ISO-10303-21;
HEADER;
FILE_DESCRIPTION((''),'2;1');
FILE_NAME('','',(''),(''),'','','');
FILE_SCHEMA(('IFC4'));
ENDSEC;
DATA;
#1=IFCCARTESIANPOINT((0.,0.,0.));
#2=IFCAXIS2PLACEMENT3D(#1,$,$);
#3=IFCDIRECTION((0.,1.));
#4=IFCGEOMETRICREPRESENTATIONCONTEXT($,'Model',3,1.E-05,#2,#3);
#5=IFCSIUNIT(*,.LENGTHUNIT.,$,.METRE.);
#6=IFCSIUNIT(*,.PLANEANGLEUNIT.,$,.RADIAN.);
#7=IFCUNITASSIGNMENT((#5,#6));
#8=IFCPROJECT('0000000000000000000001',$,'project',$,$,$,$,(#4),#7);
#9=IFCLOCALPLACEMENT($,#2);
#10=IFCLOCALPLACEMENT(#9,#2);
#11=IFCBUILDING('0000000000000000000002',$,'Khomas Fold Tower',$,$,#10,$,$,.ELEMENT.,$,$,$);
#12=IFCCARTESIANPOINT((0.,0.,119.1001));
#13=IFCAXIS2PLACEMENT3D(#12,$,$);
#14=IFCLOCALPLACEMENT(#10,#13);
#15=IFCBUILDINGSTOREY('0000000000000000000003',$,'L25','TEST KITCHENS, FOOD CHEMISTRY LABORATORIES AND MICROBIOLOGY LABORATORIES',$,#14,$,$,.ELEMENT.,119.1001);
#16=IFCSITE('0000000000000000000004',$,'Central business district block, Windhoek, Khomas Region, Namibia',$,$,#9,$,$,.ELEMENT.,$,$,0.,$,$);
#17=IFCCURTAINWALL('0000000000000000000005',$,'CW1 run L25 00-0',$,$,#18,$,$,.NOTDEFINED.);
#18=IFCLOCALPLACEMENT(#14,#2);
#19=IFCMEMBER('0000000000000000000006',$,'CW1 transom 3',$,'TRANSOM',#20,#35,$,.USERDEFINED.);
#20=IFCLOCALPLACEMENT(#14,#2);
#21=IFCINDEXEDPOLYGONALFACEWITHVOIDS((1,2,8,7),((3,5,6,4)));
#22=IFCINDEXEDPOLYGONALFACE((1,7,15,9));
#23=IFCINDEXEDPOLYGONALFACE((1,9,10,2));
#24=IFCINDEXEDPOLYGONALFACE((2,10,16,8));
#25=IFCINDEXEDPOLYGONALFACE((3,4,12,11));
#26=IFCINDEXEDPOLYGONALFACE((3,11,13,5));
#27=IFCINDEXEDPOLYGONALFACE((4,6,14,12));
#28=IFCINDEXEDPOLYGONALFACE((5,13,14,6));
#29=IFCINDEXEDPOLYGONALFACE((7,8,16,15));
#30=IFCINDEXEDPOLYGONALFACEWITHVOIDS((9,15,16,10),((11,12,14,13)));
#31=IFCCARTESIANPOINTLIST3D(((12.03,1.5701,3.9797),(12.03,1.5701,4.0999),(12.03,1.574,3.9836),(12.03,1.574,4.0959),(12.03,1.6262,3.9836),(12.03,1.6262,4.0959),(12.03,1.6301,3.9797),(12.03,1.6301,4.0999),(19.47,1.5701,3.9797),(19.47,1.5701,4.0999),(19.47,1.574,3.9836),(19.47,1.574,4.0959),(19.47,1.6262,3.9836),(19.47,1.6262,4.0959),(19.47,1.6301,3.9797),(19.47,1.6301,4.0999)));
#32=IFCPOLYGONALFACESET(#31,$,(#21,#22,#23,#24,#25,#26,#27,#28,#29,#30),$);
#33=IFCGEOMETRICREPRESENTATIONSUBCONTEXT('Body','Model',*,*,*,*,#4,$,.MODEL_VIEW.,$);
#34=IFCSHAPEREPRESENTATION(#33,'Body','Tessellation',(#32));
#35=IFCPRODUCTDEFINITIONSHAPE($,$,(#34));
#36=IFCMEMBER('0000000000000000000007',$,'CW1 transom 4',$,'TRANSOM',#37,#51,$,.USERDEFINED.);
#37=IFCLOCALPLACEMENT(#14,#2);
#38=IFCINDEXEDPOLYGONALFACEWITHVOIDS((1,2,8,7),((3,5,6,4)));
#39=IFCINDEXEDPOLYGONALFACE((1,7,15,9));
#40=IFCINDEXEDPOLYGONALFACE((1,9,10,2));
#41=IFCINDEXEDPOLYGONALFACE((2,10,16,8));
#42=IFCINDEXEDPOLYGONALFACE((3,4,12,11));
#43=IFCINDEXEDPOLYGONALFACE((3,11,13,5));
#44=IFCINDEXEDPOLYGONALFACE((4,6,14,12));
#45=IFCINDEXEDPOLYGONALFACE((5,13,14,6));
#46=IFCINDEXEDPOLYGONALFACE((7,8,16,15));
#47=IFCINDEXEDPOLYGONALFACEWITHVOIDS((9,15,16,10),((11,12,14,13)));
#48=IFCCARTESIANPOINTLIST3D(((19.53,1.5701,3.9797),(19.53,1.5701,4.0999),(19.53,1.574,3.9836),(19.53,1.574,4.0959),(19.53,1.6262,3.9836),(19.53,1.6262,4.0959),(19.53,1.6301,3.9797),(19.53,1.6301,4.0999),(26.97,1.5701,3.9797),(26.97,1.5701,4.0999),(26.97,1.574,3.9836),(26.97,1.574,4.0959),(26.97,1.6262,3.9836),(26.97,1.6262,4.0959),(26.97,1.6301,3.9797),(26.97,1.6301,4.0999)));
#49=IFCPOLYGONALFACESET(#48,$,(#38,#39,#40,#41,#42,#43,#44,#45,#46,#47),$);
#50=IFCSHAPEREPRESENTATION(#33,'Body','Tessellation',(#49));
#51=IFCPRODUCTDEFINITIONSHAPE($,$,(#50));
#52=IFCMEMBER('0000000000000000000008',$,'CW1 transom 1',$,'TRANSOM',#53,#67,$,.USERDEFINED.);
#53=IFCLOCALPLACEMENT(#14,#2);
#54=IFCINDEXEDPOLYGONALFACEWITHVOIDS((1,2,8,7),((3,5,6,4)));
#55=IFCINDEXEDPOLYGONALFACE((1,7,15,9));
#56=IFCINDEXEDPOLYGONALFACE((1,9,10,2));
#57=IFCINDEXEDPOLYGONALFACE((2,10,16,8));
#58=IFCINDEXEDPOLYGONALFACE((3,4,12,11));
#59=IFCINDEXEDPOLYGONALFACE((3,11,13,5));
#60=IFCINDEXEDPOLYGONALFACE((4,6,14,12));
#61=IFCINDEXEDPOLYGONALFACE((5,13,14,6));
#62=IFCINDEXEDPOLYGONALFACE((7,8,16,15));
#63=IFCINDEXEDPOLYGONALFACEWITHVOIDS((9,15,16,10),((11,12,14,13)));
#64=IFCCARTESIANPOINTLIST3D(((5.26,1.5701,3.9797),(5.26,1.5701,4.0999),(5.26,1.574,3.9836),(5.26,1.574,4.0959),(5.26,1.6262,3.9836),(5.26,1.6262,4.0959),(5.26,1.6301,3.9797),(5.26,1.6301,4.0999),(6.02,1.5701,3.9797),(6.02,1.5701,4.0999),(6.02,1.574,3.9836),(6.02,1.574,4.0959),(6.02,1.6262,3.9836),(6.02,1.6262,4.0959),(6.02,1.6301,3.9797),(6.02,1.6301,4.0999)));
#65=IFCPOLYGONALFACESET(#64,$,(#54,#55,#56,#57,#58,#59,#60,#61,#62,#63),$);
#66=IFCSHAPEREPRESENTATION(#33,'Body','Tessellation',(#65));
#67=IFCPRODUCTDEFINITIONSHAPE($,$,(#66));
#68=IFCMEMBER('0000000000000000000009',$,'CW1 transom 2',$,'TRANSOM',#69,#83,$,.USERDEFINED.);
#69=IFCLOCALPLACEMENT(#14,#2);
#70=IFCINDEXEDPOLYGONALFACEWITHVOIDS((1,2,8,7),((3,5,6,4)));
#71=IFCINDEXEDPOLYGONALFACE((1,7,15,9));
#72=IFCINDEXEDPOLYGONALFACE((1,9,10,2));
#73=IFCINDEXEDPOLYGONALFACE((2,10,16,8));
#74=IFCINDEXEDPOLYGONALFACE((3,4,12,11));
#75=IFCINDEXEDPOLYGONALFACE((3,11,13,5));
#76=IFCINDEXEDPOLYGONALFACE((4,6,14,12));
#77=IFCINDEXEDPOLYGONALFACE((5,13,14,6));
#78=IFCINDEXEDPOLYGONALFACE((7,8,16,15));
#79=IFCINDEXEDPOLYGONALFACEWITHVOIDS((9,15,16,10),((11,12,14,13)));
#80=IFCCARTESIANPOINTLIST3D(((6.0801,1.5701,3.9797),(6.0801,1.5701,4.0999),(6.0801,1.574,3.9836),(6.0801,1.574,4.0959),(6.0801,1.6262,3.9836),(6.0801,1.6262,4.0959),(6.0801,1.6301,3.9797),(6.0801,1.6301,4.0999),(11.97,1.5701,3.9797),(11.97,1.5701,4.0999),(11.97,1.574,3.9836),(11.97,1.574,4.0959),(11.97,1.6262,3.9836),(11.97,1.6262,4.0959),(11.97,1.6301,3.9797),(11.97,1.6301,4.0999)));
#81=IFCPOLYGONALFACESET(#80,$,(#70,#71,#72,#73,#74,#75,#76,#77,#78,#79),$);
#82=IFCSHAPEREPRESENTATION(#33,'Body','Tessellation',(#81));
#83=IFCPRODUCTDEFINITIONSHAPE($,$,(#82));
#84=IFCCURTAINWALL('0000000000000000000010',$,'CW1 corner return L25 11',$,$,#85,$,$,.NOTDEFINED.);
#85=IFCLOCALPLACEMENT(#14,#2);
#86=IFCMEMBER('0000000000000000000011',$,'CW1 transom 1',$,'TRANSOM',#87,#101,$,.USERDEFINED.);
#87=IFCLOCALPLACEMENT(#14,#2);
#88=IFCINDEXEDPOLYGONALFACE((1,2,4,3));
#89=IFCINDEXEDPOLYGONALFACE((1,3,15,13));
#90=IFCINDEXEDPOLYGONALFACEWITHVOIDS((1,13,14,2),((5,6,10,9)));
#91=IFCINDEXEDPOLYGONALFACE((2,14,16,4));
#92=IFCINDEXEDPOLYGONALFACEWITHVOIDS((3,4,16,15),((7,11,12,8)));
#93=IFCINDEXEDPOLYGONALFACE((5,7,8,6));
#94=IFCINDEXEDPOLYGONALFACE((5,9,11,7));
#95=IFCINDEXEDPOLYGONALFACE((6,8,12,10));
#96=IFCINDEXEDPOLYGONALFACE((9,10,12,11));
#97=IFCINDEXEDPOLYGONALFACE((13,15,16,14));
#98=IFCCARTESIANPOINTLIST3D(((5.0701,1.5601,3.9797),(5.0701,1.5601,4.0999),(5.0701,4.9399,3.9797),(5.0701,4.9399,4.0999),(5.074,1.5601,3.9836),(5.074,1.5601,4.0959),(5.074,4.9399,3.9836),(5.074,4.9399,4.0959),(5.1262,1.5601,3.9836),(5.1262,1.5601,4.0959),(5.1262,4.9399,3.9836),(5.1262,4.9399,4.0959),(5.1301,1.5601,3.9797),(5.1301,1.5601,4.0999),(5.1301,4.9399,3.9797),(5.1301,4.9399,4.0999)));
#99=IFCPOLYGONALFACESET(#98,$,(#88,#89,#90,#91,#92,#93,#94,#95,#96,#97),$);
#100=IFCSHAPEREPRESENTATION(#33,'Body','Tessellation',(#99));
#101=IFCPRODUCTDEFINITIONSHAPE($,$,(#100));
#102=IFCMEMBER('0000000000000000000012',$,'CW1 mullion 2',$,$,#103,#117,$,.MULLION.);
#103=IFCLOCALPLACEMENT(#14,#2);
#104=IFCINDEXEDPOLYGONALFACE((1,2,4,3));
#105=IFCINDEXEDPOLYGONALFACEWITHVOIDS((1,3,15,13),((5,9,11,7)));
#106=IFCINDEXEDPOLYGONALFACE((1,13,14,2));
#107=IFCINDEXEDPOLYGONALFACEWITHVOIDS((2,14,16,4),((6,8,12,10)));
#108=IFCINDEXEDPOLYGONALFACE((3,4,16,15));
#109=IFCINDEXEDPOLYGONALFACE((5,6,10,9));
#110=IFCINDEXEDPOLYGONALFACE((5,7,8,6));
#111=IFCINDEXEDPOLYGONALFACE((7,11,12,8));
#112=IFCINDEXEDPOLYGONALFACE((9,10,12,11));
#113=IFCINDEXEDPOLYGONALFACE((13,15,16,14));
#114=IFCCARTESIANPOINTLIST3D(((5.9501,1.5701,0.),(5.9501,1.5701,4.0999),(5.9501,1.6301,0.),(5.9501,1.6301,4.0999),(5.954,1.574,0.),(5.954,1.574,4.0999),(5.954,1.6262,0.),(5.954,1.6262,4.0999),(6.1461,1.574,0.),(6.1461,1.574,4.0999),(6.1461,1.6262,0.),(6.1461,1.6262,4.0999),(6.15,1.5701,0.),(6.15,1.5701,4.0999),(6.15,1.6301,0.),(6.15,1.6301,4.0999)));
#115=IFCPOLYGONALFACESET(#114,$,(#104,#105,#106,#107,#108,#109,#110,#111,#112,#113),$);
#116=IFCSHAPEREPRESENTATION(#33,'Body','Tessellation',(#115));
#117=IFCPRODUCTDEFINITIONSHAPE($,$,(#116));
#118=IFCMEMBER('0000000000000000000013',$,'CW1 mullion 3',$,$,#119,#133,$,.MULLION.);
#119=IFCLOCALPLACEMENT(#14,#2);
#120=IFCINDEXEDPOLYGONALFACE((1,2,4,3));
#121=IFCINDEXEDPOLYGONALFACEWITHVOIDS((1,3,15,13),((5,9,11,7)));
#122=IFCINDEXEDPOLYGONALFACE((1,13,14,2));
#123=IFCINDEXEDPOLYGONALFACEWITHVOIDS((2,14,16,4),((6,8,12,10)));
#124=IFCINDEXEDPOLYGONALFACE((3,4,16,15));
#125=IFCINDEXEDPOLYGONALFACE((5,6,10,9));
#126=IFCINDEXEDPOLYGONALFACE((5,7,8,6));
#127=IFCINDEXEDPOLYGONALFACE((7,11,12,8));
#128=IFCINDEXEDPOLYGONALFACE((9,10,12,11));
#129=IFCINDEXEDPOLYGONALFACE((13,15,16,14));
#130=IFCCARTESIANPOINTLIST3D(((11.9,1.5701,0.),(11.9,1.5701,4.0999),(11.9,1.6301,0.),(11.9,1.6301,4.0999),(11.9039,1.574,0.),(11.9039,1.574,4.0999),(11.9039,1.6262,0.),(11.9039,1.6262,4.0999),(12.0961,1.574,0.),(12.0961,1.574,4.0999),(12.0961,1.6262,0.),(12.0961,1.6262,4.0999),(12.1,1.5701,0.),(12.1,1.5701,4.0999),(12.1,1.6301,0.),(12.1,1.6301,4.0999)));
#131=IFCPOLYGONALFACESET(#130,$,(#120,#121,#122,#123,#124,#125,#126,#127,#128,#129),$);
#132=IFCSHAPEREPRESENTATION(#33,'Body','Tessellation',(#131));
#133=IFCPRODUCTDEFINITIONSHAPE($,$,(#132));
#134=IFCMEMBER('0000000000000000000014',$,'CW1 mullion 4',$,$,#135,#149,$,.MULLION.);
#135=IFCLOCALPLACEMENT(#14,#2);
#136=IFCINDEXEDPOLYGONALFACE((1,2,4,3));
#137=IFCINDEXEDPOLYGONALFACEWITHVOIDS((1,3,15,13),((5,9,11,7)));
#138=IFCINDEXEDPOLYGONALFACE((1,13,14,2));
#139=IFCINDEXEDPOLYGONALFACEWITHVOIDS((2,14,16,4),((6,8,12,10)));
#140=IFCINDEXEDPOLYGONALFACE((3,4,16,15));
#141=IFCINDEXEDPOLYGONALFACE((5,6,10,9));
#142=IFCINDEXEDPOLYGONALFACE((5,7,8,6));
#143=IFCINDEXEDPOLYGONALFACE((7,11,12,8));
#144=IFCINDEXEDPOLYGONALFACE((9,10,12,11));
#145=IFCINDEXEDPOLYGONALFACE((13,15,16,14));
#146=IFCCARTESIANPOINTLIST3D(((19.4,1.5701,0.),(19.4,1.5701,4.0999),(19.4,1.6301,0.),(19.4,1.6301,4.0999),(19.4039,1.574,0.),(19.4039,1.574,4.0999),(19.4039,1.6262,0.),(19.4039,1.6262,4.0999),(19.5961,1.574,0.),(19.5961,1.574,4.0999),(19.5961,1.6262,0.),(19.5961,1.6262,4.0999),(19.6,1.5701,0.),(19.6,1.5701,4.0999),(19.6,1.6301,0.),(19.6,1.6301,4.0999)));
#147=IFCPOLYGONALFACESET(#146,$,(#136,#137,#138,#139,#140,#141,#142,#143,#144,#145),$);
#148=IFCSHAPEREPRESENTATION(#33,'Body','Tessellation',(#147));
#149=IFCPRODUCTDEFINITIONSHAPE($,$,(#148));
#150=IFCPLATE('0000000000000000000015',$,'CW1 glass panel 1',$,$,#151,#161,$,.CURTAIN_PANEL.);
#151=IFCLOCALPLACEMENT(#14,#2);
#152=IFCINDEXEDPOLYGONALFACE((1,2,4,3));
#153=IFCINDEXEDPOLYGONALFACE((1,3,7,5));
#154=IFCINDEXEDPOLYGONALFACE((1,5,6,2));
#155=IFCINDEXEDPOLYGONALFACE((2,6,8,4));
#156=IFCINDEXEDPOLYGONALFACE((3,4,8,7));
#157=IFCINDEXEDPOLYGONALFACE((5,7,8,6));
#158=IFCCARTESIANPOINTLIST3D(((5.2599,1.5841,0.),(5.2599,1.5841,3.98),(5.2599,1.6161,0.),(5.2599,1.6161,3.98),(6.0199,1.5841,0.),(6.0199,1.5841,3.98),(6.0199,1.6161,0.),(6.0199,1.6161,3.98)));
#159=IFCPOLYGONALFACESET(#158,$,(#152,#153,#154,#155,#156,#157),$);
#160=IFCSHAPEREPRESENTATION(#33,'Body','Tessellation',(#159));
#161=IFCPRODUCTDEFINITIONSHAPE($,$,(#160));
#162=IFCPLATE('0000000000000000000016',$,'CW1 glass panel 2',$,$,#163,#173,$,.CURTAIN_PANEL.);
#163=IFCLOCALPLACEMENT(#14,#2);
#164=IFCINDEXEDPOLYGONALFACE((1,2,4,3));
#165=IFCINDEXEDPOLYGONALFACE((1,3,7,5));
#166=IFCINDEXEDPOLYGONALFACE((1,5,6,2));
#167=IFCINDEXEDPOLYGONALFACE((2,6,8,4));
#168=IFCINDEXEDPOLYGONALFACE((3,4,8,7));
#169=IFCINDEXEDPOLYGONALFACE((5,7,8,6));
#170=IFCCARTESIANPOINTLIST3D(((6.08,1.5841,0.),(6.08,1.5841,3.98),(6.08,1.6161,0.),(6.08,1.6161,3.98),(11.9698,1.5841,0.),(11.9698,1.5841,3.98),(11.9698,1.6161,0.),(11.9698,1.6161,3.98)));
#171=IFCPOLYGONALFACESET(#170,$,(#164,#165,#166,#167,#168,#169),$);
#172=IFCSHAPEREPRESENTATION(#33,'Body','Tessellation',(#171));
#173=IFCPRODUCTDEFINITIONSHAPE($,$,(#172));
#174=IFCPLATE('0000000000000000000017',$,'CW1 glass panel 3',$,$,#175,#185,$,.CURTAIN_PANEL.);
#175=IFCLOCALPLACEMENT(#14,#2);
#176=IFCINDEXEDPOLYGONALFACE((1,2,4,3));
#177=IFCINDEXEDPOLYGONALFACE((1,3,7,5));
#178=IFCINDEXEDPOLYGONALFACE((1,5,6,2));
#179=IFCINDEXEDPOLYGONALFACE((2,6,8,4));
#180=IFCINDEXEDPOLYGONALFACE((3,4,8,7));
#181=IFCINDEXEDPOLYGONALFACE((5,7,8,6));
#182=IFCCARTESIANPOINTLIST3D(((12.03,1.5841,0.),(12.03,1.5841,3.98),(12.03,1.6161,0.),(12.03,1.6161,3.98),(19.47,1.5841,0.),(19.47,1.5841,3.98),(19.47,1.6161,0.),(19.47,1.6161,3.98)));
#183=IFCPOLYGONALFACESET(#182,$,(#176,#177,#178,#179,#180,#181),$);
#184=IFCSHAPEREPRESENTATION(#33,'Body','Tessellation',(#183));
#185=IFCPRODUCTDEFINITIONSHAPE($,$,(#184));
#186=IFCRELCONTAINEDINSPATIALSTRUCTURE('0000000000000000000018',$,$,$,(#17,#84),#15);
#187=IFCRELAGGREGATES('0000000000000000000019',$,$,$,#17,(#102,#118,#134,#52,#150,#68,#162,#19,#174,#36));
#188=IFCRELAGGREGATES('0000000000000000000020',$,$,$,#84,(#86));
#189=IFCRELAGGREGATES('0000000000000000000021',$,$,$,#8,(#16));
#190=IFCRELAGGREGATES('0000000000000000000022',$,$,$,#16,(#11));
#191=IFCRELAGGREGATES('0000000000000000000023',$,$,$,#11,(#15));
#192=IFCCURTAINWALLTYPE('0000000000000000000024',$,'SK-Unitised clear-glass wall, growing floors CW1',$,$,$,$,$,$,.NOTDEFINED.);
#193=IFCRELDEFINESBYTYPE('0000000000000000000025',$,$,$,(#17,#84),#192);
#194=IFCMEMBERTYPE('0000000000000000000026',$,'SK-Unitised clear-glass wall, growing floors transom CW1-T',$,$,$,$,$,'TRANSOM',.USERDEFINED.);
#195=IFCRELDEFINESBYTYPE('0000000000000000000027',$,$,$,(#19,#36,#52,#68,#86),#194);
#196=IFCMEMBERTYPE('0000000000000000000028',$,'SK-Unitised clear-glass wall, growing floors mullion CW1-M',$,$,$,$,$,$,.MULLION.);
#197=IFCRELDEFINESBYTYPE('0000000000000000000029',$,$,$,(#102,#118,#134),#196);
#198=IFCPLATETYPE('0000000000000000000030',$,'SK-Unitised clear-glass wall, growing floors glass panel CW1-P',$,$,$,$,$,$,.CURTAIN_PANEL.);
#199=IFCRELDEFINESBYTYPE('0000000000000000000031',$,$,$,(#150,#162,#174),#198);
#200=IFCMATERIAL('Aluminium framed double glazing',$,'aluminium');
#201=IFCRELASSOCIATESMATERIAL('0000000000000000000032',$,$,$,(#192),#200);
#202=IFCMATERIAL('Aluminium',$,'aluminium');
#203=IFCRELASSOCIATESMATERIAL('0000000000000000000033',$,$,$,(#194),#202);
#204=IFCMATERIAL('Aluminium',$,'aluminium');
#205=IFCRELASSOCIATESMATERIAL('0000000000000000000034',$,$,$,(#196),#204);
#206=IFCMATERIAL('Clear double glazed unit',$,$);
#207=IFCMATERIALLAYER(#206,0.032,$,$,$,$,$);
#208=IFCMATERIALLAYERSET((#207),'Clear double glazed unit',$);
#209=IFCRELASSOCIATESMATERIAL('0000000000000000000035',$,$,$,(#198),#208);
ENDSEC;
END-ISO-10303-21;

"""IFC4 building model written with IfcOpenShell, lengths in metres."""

from ifc_helpers import new_model, si_unit, direction, frame, origin, origin_2d, place, context, subcontext, project, spatial, rectangle, hollow_rectangle, extrude, source, transform, mapped, material, layer, layer_set, material_profile, profile_set, type_object, element, aggregate, save


model = new_model("IFC4")

# Units and contexts
model_context = context("Model", 3, precision=1e-05, world=origin(), true_north=direction((0.0, 1.0)))
body_context = subcontext(model_context, "Body", "Model", "MODEL_VIEW")
ifc_project = project(units=[si_unit("LENGTHUNIT", "METRE"), si_unit("PLANEANGLEUNIT", "RADIAN")], contexts=[model_context])

# Site, building, storey
site_placement = place(None, origin())
site = spatial("IfcSite", under=ifc_project, at=site_placement, Name="Central business district block, Windhoek, Khomas Region, Namibia", CompositionType="ELEMENT", RefElevation=0.0)
building_placement = place(site_placement, origin())
building = spatial("IfcBuilding", under=site, at=building_placement, Name="Khomas Fold Tower", CompositionType="ELEMENT")
storey_placement = place(building_placement, frame((0.0, 0.0, 119.1001)))
storey = spatial("IfcBuildingStorey", under=building, at=storey_placement, Name="L25", Description="TEST KITCHENS, FOOD CHEMISTRY LABORATORIES AND MICROBIOLOGY LABORATORIES", CompositionType="ELEMENT", Elevation=119.1001)

# Curtain wall, members
ifc_material_1 = material(Name="Aluminium framed double glazing", Category="aluminium")
curtain_wall_type = type_object("IfcCurtainWallType", Name="SK-Unitised clear-glass wall, growing floors CW1", PredefinedType="NOTDEFINED", material=ifc_material_1)
curtain_wall_1_placement = place(storey_placement, origin())
curtain_wall_1 = element("IfcCurtainWall", 1, at=curtain_wall_1_placement, inside=storey, type_object=curtain_wall_type, Name="CW1 run L25 00-0", PredefinedType="NOTDEFINED")
ifc_material_2 = material(Name="Aluminium", Category="aluminium")
ifc_material_profile_1 = material_profile(ifc_material_2, hollow_rectangle(XDim=0.0601, YDim=0.1201, WallThickness=0.0039, at=origin_2d()), Name="SK-Unitised clear-glass wall, growing floors transom CW1-T")
ifc_profile_set_1 = profile_set([ifc_material_profile_1], Name="Aluminium")
member_type_1 = type_object("IfcMemberType", Name="SK-Unitised clear-glass wall, growing floors transom CW1-T", ElementType="TRANSOM", PredefinedType="USERDEFINED", material=ifc_profile_set_1)
shared_shape_1 = source(origin(), body_context, "Body", "SweptSolid", [
    extrude(hollow_rectangle(XDim=0.0601, YDim=0.1201, WallThickness=0.0039, at=origin_2d()), origin(), (0.0, 0.0, 1.0), 7.4399),
])
member_1_placement = place(storey_placement, frame((12.03, 1.6001, 4.0398), z_axis=(1.0, 0.0, 0.0), x_axis=(0.0, 1.0, 0.0)))
member_1 = element("IfcMember", 2, at=member_1_placement, type_object=member_type_1, Name="CW1 transom 3", ObjectType="TRANSOM", PredefinedType="USERDEFINED", context=body_context, shape_type="MappedRepresentation", body=[
    mapped(shared_shape_1, transform((0.0, 0.0, 0.0))),
])
member_2_placement = place(storey_placement, frame((19.53, 1.6001, 4.0398), z_axis=(1.0, 0.0, 0.0), x_axis=(0.0, 1.0, 0.0)))
member_2 = element("IfcMember", 3, at=member_2_placement, type_object=member_type_1, Name="CW1 transom 4", ObjectType="TRANSOM", PredefinedType="USERDEFINED", context=body_context, shape_type="MappedRepresentation", body=[
    mapped(shared_shape_1, transform((0.0, 0.0, 0.0))),
])
shared_shape_2 = source(origin(), body_context, "Body", "SweptSolid", [
    extrude(hollow_rectangle(XDim=0.0601, YDim=0.1201, WallThickness=0.0039, at=origin_2d()), origin(), (0.0, 0.0, 1.0), 0.76),
])
member_3_placement = place(storey_placement, frame((5.26, 1.6001, 4.0398), z_axis=(1.0, 0.0, 0.0), x_axis=(0.0, 1.0, 0.0)))
member_3 = element("IfcMember", 4, at=member_3_placement, type_object=member_type_1, Name="CW1 transom 1", ObjectType="TRANSOM", PredefinedType="USERDEFINED", context=body_context, shape_type="MappedRepresentation", body=[
    mapped(shared_shape_2, transform((0.0, 0.0, 0.0))),
])
shared_shape_3 = source(origin(), body_context, "Body", "SweptSolid", [
    extrude(hollow_rectangle(XDim=0.0601, YDim=0.1201, WallThickness=0.0039, at=origin_2d()), origin(), (0.0, 0.0, 1.0), 5.8899),
])
member_4_placement = place(storey_placement, frame((6.0801, 1.6001, 4.0398), z_axis=(1.0, 0.0, 0.0), x_axis=(0.0, 1.0, 0.0)))
member_4 = element("IfcMember", 5, at=member_4_placement, type_object=member_type_1, Name="CW1 transom 2", ObjectType="TRANSOM", PredefinedType="USERDEFINED", context=body_context, shape_type="MappedRepresentation", body=[
    mapped(shared_shape_3, transform((0.0, 0.0, 0.0))),
])

# Curtain wall, member
curtain_wall_2_placement = place(storey_placement, origin())
curtain_wall_2 = element("IfcCurtainWall", 6, at=curtain_wall_2_placement, inside=storey, type_object=curtain_wall_type, Name="CW1 corner return L25 11", PredefinedType="NOTDEFINED")
shared_shape_4 = source(origin(), body_context, "Body", "SweptSolid", [
    extrude(hollow_rectangle(XDim=0.0601, YDim=0.1201, WallThickness=0.0039, at=origin_2d()), origin(), (0.0, 0.0, 1.0), 3.3799),
])
member_5_placement = place(storey_placement, frame((5.1001, 4.9399, 4.0398), z_axis=(0.0, -1.0, 0.0), x_axis=(1.0, 0.0, 0.0)))
member_5 = element("IfcMember", 7, at=member_5_placement, type_object=member_type_1, Name="CW1 transom 1", ObjectType="TRANSOM", PredefinedType="USERDEFINED", context=body_context, shape_type="MappedRepresentation", body=[
    mapped(shared_shape_4, transform((0.0, 0.0, 0.0))),
])

# Members
ifc_material_3 = material(Name="Aluminium", Category="aluminium")
ifc_material_profile_2 = material_profile(ifc_material_3, hollow_rectangle(XDim=0.0601, YDim=0.2, WallThickness=0.0039, at=origin_2d()), Name="SK-Unitised clear-glass wall, growing floors mullion CW1-M")
ifc_profile_set_2 = profile_set([ifc_material_profile_2], Name="Aluminium")
member_type_2 = type_object("IfcMemberType", Name="SK-Unitised clear-glass wall, growing floors mullion CW1-M", PredefinedType="MULLION", material=ifc_profile_set_2)
shared_shape_5 = source(origin(), body_context, "Body", "SweptSolid", [
    extrude(hollow_rectangle(XDim=0.0601, YDim=0.2, WallThickness=0.0039, at=origin_2d()), origin(), (0.0, 0.0, 1.0), 4.0999),
])
member_6_placement = place(storey_placement, frame((6.05, 1.6001, 0.0), z_axis=(0.0, 0.0, 1.0), x_axis=(0.0, 1.0, 0.0)))
member_6 = element("IfcMember", 8, at=member_6_placement, type_object=member_type_2, Name="CW1 mullion 2", PredefinedType="MULLION", context=body_context, shape_type="MappedRepresentation", body=[
    mapped(shared_shape_5, transform((0.0, 0.0, 0.0))),
])
member_7_placement = place(storey_placement, frame((12.0, 1.6001, 0.0), z_axis=(0.0, 0.0, 1.0), x_axis=(0.0, 1.0, 0.0)))
member_7 = element("IfcMember", 9, at=member_7_placement, type_object=member_type_2, Name="CW1 mullion 3", PredefinedType="MULLION", context=body_context, shape_type="MappedRepresentation", body=[
    mapped(shared_shape_5, transform((0.0, 0.0, 0.0))),
])
member_8_placement = place(storey_placement, frame((19.5, 1.6001, 0.0), z_axis=(0.0, 0.0, 1.0), x_axis=(0.0, 1.0, 0.0)))
member_8 = element("IfcMember", 10, at=member_8_placement, type_object=member_type_2, Name="CW1 mullion 4", PredefinedType="MULLION", context=body_context, shape_type="MappedRepresentation", body=[
    mapped(shared_shape_5, transform((0.0, 0.0, 0.0))),
])

# Plates
ifc_material_4 = material(Name="Clear double glazed unit")
ifc_layer_1 = layer(ifc_material_4, 0.032)
ifc_layer_set_1 = layer_set([ifc_layer_1], Name="Clear double glazed unit")
plate_type = type_object("IfcPlateType", Name="SK-Unitised clear-glass wall, growing floors glass panel CW1-P", PredefinedType="CURTAIN_PANEL", material=ifc_layer_set_1)
shared_shape_6 = source(origin(), body_context, "Body", "SweptSolid", [
    extrude(rectangle(XDim=0.76, YDim=0.032, at=origin_2d()), origin(), (0.0, 0.0, 1.0), 3.98),
])
plate_1_placement = place(storey_placement, frame((5.6399, 1.6001, 0.0), z_axis=(0.0, 0.0, 1.0), x_axis=(1.0, 0.0, 0.0)))
plate_1 = element("IfcPlate", 11, at=plate_1_placement, type_object=plate_type, Name="CW1 glass panel 1", PredefinedType="CURTAIN_PANEL", context=body_context, shape_type="MappedRepresentation", body=[
    mapped(shared_shape_6, transform((0.0, 0.0, 0.0))),
])
shared_shape_7 = source(origin(), body_context, "Body", "SweptSolid", [
    extrude(rectangle(XDim=5.8899, YDim=0.032, at=origin_2d()), origin(), (0.0, 0.0, 1.0), 3.98),
])
plate_2_placement = place(storey_placement, frame((9.0249, 1.6001, 0.0), z_axis=(0.0, 0.0, 1.0), x_axis=(1.0, 0.0, 0.0)))
plate_2 = element("IfcPlate", 12, at=plate_2_placement, type_object=plate_type, Name="CW1 glass panel 2", PredefinedType="CURTAIN_PANEL", context=body_context, shape_type="MappedRepresentation", body=[
    mapped(shared_shape_7, transform((0.0, 0.0, 0.0))),
])
shared_shape_8 = source(origin(), body_context, "Body", "SweptSolid", [
    extrude(rectangle(XDim=7.4399, YDim=0.032, at=origin_2d()), origin(), (0.0, 0.0, 1.0), 3.98),
])
plate_3_placement = place(storey_placement, frame((15.75, 1.6001, 0.0), z_axis=(0.0, 0.0, 1.0), x_axis=(1.0, 0.0, 0.0)))
plate_3 = element("IfcPlate", 13, at=plate_3_placement, type_object=plate_type, Name="CW1 glass panel 3", PredefinedType="CURTAIN_PANEL", context=body_context, shape_type="MappedRepresentation", body=[
    mapped(shared_shape_8, transform((0.0, 0.0, 0.0))),
])
aggregate(curtain_wall_1, [member_6, member_7, member_8, member_3, plate_1, member_4, plate_2, member_1, plate_3, member_2])
aggregate(curtain_wall_2, [member_5])

save(model, "model.ifc")
